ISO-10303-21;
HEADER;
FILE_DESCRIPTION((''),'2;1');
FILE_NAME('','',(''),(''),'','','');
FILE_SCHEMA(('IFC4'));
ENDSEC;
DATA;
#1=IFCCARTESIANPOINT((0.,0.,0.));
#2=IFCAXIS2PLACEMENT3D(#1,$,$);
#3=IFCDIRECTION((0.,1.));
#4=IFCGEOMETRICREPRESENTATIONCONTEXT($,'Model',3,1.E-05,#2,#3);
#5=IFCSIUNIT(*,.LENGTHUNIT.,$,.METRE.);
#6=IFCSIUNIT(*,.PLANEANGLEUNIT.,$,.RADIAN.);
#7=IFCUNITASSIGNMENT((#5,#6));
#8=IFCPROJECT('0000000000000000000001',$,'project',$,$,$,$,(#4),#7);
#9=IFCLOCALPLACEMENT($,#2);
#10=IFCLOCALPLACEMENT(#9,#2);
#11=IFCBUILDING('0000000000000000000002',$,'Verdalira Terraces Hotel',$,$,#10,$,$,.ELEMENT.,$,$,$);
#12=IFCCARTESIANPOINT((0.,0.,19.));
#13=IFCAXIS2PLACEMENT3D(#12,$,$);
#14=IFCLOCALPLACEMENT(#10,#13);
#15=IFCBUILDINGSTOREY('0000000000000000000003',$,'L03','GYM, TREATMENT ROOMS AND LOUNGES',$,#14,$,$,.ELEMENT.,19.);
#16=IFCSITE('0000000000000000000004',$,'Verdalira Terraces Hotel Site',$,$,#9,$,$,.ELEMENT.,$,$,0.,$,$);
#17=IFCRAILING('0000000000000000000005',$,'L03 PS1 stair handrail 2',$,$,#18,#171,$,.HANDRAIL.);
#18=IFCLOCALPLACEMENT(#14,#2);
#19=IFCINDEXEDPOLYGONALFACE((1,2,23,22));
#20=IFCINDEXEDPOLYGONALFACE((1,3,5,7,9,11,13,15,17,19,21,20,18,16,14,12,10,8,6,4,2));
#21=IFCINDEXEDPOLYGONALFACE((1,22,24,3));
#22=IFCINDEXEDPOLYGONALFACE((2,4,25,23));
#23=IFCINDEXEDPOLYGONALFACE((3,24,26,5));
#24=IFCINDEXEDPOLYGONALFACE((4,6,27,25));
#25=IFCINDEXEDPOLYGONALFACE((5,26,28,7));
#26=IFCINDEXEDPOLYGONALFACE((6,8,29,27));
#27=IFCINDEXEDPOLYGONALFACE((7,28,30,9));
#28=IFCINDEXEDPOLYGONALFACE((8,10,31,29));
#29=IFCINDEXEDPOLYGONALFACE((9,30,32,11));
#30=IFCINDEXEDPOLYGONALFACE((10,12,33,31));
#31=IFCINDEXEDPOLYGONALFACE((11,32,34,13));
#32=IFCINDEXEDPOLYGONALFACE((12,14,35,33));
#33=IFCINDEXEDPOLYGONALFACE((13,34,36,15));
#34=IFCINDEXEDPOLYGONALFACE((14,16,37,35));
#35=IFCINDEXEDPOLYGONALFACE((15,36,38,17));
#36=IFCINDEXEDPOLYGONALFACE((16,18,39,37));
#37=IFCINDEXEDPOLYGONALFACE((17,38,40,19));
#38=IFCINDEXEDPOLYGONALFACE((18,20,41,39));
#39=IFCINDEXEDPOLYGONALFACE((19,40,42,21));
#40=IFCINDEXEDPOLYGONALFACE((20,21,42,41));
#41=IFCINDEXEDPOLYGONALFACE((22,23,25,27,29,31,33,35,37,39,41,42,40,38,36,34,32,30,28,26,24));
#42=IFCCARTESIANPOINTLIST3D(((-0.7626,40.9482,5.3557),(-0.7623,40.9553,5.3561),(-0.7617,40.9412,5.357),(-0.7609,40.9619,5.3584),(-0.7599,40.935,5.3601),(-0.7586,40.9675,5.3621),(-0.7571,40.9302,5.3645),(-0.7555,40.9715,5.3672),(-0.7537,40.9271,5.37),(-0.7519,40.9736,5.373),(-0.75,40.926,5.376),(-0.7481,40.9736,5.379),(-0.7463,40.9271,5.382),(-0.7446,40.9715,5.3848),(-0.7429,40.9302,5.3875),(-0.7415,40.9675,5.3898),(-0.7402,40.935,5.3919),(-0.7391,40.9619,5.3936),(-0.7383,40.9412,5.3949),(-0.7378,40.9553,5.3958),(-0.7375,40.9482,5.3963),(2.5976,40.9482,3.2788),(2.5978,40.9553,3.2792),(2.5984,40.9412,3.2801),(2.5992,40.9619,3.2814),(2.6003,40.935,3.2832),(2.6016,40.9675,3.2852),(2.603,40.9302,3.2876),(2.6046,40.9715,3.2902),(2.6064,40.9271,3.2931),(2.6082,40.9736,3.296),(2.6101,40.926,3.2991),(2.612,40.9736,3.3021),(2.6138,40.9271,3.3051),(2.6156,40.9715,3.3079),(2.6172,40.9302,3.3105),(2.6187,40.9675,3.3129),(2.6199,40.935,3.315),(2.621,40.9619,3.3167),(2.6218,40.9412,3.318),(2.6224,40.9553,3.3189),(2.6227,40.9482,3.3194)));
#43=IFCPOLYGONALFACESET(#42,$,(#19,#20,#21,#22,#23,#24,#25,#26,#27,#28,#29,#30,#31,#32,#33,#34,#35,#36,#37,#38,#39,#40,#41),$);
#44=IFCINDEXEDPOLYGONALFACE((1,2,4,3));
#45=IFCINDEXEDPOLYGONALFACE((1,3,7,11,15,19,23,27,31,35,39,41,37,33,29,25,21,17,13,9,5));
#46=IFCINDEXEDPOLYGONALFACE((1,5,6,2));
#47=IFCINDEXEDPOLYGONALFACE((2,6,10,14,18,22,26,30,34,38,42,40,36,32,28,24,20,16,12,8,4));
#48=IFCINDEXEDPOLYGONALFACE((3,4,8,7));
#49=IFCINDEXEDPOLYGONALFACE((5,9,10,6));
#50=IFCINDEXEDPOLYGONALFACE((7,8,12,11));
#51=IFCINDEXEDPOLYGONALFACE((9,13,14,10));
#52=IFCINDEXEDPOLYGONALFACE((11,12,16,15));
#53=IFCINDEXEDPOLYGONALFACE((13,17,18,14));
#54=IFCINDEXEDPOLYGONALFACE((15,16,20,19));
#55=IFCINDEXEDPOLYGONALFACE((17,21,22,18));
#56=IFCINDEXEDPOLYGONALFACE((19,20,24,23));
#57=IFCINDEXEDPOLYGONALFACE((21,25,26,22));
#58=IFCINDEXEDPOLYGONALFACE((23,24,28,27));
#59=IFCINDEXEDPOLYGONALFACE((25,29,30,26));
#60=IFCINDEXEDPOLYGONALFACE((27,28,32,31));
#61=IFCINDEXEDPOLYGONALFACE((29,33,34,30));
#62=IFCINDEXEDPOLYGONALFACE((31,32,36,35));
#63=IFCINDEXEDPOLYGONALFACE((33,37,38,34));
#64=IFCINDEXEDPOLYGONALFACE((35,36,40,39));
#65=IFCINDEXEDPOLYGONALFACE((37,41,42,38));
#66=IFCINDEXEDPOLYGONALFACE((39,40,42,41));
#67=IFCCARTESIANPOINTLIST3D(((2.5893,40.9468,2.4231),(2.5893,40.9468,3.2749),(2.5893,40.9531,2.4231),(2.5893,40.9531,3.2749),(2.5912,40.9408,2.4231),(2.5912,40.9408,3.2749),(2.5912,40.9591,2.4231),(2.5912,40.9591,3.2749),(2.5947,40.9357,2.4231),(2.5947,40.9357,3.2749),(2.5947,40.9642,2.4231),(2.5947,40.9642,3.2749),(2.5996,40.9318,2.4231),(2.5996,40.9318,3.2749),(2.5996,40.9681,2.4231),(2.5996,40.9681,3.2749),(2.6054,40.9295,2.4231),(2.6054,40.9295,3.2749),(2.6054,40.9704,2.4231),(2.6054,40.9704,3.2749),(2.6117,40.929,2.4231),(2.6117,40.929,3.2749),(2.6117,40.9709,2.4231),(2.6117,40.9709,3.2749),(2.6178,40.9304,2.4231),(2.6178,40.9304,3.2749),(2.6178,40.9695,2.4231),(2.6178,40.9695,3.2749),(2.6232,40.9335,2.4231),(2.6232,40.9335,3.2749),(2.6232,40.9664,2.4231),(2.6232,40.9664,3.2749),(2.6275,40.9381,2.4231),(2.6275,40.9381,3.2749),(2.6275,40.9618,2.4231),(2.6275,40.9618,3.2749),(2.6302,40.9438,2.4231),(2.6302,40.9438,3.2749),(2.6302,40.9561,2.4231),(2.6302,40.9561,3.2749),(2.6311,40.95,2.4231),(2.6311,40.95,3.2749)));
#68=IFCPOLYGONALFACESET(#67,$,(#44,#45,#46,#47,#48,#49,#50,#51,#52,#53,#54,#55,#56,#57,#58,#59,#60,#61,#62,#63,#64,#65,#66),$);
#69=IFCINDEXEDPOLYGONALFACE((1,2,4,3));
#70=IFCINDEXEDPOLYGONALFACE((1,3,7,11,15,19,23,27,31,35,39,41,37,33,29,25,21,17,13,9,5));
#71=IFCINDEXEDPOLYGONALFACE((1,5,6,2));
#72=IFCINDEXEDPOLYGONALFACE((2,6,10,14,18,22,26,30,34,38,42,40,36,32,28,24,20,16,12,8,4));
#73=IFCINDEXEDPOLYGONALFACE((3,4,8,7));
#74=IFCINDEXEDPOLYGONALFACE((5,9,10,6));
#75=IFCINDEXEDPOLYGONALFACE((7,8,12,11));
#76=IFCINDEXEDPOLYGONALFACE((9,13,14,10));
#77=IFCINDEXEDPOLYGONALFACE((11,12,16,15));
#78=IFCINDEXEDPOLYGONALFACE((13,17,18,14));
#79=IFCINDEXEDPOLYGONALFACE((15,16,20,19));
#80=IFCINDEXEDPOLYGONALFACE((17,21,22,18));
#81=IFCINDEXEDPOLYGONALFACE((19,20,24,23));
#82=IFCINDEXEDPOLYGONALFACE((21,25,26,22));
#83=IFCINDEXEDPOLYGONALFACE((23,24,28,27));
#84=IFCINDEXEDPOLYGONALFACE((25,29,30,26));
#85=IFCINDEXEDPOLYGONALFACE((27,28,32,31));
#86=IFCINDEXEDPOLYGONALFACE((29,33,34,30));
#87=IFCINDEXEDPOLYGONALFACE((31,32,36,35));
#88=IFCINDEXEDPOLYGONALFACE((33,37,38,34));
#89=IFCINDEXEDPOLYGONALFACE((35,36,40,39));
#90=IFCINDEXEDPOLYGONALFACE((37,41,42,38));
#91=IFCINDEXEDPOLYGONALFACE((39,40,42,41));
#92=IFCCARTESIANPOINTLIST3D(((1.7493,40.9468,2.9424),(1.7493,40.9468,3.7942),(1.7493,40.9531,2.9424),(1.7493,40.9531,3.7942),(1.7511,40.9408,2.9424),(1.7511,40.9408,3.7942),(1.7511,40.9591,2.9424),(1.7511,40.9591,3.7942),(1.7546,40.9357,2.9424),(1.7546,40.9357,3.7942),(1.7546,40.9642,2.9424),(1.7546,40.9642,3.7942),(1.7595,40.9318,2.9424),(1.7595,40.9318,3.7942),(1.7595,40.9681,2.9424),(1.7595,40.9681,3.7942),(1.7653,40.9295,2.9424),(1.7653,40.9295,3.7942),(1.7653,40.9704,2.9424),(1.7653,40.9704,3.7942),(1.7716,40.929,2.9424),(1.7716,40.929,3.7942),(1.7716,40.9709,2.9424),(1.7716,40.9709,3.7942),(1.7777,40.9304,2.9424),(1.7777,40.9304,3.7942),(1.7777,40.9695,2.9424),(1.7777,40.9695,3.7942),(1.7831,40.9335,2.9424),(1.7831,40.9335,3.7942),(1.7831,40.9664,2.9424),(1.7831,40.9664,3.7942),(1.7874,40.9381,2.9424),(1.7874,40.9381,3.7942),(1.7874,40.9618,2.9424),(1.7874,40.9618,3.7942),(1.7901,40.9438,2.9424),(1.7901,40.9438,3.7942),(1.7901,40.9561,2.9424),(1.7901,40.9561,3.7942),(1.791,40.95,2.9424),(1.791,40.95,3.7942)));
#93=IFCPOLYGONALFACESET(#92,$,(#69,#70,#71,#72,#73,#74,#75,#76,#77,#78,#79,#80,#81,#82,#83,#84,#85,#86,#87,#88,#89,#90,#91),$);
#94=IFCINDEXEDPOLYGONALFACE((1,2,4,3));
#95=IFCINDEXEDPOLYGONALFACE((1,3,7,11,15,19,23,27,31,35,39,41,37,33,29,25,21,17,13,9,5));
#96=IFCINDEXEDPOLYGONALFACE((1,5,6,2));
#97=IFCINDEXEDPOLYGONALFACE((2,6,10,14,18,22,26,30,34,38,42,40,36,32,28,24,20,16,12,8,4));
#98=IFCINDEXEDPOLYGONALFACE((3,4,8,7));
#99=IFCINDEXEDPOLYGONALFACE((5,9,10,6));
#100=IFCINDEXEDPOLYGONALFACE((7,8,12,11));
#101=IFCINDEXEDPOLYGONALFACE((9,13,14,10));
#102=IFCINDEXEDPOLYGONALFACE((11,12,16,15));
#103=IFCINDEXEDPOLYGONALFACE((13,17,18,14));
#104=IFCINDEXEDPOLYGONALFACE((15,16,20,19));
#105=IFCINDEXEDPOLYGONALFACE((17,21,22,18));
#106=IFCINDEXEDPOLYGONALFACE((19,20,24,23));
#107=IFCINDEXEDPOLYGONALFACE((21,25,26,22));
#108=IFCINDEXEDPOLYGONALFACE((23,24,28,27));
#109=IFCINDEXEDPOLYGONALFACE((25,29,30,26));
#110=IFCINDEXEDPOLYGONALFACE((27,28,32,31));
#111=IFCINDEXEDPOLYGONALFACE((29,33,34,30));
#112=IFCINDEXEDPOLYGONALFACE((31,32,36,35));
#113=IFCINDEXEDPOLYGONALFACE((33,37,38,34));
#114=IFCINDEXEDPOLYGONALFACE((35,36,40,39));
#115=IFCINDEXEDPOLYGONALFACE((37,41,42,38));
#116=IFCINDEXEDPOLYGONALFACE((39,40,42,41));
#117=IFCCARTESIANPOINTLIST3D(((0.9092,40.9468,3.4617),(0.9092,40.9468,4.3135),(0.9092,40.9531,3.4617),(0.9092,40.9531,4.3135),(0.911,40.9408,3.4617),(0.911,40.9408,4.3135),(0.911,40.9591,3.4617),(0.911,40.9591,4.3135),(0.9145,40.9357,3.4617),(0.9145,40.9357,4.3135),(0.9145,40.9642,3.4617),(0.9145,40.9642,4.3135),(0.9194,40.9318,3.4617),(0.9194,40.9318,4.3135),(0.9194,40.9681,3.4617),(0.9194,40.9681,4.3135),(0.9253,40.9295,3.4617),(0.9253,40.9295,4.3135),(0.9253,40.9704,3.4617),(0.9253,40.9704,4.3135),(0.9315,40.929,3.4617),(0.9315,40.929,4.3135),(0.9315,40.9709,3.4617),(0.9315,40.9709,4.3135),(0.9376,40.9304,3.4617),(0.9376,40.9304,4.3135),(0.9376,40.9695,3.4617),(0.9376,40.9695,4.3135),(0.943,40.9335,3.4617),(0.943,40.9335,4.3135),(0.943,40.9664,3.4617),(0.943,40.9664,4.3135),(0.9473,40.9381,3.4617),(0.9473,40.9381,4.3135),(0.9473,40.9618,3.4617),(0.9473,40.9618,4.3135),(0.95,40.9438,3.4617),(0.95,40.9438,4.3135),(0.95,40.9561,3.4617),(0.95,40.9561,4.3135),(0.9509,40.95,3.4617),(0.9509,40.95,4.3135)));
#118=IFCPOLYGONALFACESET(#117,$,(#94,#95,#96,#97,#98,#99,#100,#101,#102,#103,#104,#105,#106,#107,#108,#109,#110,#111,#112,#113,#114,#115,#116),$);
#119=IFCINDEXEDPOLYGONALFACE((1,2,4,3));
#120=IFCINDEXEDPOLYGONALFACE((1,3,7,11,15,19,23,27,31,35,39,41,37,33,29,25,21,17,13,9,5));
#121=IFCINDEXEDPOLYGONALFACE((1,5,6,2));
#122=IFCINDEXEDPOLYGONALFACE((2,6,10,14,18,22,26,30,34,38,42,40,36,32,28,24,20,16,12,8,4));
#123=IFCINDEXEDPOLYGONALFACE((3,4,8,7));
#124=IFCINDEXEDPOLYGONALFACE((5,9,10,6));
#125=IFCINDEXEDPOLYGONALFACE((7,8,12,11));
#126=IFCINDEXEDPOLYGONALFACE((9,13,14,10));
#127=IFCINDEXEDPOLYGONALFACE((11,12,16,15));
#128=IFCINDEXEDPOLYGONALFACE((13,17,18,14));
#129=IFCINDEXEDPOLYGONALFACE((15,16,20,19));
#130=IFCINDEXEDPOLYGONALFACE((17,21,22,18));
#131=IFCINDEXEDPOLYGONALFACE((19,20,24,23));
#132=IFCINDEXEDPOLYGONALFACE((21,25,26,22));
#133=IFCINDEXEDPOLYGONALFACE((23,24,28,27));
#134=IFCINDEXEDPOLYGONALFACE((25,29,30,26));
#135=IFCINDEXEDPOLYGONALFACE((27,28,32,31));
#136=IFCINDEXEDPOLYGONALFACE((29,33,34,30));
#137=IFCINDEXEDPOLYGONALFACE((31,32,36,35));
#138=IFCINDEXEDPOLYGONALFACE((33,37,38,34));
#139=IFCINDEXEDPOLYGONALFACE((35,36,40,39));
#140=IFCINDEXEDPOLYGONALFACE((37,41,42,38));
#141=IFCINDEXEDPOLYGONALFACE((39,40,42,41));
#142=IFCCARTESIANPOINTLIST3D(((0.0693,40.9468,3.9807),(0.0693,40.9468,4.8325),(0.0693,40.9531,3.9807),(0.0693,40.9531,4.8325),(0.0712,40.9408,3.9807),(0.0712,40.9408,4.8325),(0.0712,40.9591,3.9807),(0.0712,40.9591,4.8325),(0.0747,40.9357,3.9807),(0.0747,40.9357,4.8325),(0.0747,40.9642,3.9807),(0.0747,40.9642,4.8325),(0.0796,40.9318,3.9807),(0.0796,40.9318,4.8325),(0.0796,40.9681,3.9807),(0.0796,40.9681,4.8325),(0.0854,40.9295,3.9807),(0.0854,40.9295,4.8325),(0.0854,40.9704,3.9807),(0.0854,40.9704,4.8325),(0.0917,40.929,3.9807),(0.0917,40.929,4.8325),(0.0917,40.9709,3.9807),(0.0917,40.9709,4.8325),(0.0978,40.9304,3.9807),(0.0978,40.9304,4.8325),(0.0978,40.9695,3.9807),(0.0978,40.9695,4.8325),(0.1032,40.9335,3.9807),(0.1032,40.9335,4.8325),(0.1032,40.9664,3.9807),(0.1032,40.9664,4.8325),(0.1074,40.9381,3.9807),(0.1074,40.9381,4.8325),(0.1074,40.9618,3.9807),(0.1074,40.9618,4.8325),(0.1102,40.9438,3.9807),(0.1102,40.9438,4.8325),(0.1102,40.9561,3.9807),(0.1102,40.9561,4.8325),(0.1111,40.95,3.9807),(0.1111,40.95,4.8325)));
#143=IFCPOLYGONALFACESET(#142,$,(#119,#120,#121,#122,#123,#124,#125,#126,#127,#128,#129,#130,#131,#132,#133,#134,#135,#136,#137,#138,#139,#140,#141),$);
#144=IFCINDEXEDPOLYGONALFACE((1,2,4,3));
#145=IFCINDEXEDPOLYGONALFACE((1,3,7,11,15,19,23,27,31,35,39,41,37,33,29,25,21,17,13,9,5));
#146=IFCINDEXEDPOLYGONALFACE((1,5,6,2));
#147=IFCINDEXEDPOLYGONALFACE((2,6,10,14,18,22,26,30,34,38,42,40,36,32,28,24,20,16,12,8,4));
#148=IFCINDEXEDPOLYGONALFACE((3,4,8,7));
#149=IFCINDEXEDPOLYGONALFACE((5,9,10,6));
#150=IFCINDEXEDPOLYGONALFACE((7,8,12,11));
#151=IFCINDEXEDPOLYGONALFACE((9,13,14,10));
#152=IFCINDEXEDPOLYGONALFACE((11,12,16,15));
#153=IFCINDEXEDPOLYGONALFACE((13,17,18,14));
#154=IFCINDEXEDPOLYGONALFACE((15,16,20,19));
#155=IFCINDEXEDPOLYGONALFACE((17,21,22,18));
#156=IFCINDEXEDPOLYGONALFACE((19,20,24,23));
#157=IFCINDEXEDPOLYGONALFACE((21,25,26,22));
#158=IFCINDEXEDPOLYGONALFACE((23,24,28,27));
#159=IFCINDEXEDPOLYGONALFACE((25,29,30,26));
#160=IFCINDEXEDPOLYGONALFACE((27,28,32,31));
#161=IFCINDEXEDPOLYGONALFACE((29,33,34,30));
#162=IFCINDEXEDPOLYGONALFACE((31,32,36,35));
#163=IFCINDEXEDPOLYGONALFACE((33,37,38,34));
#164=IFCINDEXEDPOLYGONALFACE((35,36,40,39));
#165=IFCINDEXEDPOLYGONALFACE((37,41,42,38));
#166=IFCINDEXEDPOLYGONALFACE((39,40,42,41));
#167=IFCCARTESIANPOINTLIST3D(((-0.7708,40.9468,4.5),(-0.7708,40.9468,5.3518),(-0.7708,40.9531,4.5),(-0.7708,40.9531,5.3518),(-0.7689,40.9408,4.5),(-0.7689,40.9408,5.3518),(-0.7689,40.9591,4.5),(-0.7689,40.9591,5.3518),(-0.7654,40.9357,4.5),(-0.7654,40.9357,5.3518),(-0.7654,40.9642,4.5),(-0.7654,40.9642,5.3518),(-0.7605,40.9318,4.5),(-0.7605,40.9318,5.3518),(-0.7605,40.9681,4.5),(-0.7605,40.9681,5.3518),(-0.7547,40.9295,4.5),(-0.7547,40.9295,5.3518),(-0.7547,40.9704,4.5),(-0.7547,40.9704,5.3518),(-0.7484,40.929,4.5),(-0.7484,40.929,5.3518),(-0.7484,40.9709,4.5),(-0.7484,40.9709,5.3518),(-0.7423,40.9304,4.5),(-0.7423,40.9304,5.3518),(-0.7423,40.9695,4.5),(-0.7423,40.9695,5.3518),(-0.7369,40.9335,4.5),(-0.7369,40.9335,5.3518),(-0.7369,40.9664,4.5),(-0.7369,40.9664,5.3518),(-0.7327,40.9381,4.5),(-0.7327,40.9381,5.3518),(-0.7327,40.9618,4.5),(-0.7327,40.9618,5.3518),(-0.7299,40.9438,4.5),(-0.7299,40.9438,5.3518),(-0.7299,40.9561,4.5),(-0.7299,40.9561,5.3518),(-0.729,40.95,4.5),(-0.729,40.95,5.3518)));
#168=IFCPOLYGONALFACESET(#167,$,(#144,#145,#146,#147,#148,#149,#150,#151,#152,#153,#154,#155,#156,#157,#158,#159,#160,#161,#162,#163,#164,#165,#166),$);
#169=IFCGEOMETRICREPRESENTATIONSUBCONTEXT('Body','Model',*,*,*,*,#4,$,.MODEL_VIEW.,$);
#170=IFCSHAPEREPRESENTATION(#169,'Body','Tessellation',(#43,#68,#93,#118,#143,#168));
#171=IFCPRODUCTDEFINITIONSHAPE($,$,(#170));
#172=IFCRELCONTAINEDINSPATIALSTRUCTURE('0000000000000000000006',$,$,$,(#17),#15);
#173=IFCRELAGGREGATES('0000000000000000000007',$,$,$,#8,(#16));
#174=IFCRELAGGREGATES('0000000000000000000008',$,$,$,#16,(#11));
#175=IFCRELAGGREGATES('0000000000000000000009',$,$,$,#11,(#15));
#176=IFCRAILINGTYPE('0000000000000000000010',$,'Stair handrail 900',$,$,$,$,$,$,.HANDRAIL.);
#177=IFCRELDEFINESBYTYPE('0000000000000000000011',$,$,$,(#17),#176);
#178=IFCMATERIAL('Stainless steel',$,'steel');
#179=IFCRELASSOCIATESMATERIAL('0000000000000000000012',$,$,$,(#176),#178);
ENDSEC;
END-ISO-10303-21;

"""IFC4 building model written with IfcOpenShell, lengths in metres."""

from ifc_helpers import new_model, si_unit, direction, frame, origin, origin_2d, place, context, subcontext, project, spatial, circle, extrude, material, type_object, element, save


model = new_model("IFC4")

# Units and contexts
model_context = context("Model", 3, precision=1e-05, world=origin(), true_north=direction((0.0, 1.0)))
body_context = subcontext(model_context, "Body", "Model", "MODEL_VIEW")
ifc_project = project(units=[si_unit("LENGTHUNIT", "METRE"), si_unit("PLANEANGLEUNIT", "RADIAN")], contexts=[model_context])

# Site, building, storey
site_placement = place(None, origin())
site = spatial("IfcSite", under=ifc_project, at=site_placement, Name="Verdalira Terraces Hotel Site", CompositionType="ELEMENT", RefElevation=0.0)
building_placement = place(site_placement, origin())
building = spatial("IfcBuilding", under=site, at=building_placement, Name="Verdalira Terraces Hotel", CompositionType="ELEMENT")
storey_placement = place(building_placement, frame((0.0, 0.0, 19.0)))
storey = spatial("IfcBuildingStorey", under=building, at=storey_placement, Name="L03", Description="GYM, TREATMENT ROOMS AND LOUNGES", CompositionType="ELEMENT", Elevation=19.0)

# Railing
ifc_material_1 = material(Name="Stainless steel", Category="steel")
railing_type_1 = type_object("IfcRailingType", Name="Stair handrail 900", PredefinedType="HANDRAIL", material=ifc_material_1)
railing_1_placement = place(storey_placement, frame((2.6101, 40.95, 2.4231)))
element("IfcRailing", 1, at=railing_1_placement, inside=storey, type_object=railing_type_1, Name="L03 PS1 stair handrail 2", PredefinedType="HANDRAIL", context=body_context, shape_type="SweptSolid", body=[
    extrude(circle(Radius=0.0239, at=origin_2d()), frame((0.0, 0.0, 0.876), z_axis=(-0.850623, 0.0, 0.525776), x_axis=(0.0, -1.0, 0.0)), (0.0, 0.0, 1.0), 3.9502),
    extrude(circle(Radius=0.021, at=origin_2d()), origin(), (0.0, 0.0, 1.0), 0.8518),
    extrude(circle(Radius=0.021, at=origin_2d()), frame((-0.8401, 0.0, 0.5193)), (0.0, 0.0, 1.0), 0.8518),
    extrude(circle(Radius=0.021, at=origin_2d()), frame((-1.6802, 0.0, 1.0386)), (0.0, 0.0, 1.0), 0.8518),
    extrude(circle(Radius=0.021, at=origin_2d()), frame((-2.52, 0.0, 1.5576)), (0.0, 0.0, 1.0), 0.8518),
    extrude(circle(Radius=0.021, at=origin_2d()), frame((-3.3601, 0.0, 2.0769)), (0.0, 0.0, 1.0), 0.8518),
])

save(model, "model.ifc")
